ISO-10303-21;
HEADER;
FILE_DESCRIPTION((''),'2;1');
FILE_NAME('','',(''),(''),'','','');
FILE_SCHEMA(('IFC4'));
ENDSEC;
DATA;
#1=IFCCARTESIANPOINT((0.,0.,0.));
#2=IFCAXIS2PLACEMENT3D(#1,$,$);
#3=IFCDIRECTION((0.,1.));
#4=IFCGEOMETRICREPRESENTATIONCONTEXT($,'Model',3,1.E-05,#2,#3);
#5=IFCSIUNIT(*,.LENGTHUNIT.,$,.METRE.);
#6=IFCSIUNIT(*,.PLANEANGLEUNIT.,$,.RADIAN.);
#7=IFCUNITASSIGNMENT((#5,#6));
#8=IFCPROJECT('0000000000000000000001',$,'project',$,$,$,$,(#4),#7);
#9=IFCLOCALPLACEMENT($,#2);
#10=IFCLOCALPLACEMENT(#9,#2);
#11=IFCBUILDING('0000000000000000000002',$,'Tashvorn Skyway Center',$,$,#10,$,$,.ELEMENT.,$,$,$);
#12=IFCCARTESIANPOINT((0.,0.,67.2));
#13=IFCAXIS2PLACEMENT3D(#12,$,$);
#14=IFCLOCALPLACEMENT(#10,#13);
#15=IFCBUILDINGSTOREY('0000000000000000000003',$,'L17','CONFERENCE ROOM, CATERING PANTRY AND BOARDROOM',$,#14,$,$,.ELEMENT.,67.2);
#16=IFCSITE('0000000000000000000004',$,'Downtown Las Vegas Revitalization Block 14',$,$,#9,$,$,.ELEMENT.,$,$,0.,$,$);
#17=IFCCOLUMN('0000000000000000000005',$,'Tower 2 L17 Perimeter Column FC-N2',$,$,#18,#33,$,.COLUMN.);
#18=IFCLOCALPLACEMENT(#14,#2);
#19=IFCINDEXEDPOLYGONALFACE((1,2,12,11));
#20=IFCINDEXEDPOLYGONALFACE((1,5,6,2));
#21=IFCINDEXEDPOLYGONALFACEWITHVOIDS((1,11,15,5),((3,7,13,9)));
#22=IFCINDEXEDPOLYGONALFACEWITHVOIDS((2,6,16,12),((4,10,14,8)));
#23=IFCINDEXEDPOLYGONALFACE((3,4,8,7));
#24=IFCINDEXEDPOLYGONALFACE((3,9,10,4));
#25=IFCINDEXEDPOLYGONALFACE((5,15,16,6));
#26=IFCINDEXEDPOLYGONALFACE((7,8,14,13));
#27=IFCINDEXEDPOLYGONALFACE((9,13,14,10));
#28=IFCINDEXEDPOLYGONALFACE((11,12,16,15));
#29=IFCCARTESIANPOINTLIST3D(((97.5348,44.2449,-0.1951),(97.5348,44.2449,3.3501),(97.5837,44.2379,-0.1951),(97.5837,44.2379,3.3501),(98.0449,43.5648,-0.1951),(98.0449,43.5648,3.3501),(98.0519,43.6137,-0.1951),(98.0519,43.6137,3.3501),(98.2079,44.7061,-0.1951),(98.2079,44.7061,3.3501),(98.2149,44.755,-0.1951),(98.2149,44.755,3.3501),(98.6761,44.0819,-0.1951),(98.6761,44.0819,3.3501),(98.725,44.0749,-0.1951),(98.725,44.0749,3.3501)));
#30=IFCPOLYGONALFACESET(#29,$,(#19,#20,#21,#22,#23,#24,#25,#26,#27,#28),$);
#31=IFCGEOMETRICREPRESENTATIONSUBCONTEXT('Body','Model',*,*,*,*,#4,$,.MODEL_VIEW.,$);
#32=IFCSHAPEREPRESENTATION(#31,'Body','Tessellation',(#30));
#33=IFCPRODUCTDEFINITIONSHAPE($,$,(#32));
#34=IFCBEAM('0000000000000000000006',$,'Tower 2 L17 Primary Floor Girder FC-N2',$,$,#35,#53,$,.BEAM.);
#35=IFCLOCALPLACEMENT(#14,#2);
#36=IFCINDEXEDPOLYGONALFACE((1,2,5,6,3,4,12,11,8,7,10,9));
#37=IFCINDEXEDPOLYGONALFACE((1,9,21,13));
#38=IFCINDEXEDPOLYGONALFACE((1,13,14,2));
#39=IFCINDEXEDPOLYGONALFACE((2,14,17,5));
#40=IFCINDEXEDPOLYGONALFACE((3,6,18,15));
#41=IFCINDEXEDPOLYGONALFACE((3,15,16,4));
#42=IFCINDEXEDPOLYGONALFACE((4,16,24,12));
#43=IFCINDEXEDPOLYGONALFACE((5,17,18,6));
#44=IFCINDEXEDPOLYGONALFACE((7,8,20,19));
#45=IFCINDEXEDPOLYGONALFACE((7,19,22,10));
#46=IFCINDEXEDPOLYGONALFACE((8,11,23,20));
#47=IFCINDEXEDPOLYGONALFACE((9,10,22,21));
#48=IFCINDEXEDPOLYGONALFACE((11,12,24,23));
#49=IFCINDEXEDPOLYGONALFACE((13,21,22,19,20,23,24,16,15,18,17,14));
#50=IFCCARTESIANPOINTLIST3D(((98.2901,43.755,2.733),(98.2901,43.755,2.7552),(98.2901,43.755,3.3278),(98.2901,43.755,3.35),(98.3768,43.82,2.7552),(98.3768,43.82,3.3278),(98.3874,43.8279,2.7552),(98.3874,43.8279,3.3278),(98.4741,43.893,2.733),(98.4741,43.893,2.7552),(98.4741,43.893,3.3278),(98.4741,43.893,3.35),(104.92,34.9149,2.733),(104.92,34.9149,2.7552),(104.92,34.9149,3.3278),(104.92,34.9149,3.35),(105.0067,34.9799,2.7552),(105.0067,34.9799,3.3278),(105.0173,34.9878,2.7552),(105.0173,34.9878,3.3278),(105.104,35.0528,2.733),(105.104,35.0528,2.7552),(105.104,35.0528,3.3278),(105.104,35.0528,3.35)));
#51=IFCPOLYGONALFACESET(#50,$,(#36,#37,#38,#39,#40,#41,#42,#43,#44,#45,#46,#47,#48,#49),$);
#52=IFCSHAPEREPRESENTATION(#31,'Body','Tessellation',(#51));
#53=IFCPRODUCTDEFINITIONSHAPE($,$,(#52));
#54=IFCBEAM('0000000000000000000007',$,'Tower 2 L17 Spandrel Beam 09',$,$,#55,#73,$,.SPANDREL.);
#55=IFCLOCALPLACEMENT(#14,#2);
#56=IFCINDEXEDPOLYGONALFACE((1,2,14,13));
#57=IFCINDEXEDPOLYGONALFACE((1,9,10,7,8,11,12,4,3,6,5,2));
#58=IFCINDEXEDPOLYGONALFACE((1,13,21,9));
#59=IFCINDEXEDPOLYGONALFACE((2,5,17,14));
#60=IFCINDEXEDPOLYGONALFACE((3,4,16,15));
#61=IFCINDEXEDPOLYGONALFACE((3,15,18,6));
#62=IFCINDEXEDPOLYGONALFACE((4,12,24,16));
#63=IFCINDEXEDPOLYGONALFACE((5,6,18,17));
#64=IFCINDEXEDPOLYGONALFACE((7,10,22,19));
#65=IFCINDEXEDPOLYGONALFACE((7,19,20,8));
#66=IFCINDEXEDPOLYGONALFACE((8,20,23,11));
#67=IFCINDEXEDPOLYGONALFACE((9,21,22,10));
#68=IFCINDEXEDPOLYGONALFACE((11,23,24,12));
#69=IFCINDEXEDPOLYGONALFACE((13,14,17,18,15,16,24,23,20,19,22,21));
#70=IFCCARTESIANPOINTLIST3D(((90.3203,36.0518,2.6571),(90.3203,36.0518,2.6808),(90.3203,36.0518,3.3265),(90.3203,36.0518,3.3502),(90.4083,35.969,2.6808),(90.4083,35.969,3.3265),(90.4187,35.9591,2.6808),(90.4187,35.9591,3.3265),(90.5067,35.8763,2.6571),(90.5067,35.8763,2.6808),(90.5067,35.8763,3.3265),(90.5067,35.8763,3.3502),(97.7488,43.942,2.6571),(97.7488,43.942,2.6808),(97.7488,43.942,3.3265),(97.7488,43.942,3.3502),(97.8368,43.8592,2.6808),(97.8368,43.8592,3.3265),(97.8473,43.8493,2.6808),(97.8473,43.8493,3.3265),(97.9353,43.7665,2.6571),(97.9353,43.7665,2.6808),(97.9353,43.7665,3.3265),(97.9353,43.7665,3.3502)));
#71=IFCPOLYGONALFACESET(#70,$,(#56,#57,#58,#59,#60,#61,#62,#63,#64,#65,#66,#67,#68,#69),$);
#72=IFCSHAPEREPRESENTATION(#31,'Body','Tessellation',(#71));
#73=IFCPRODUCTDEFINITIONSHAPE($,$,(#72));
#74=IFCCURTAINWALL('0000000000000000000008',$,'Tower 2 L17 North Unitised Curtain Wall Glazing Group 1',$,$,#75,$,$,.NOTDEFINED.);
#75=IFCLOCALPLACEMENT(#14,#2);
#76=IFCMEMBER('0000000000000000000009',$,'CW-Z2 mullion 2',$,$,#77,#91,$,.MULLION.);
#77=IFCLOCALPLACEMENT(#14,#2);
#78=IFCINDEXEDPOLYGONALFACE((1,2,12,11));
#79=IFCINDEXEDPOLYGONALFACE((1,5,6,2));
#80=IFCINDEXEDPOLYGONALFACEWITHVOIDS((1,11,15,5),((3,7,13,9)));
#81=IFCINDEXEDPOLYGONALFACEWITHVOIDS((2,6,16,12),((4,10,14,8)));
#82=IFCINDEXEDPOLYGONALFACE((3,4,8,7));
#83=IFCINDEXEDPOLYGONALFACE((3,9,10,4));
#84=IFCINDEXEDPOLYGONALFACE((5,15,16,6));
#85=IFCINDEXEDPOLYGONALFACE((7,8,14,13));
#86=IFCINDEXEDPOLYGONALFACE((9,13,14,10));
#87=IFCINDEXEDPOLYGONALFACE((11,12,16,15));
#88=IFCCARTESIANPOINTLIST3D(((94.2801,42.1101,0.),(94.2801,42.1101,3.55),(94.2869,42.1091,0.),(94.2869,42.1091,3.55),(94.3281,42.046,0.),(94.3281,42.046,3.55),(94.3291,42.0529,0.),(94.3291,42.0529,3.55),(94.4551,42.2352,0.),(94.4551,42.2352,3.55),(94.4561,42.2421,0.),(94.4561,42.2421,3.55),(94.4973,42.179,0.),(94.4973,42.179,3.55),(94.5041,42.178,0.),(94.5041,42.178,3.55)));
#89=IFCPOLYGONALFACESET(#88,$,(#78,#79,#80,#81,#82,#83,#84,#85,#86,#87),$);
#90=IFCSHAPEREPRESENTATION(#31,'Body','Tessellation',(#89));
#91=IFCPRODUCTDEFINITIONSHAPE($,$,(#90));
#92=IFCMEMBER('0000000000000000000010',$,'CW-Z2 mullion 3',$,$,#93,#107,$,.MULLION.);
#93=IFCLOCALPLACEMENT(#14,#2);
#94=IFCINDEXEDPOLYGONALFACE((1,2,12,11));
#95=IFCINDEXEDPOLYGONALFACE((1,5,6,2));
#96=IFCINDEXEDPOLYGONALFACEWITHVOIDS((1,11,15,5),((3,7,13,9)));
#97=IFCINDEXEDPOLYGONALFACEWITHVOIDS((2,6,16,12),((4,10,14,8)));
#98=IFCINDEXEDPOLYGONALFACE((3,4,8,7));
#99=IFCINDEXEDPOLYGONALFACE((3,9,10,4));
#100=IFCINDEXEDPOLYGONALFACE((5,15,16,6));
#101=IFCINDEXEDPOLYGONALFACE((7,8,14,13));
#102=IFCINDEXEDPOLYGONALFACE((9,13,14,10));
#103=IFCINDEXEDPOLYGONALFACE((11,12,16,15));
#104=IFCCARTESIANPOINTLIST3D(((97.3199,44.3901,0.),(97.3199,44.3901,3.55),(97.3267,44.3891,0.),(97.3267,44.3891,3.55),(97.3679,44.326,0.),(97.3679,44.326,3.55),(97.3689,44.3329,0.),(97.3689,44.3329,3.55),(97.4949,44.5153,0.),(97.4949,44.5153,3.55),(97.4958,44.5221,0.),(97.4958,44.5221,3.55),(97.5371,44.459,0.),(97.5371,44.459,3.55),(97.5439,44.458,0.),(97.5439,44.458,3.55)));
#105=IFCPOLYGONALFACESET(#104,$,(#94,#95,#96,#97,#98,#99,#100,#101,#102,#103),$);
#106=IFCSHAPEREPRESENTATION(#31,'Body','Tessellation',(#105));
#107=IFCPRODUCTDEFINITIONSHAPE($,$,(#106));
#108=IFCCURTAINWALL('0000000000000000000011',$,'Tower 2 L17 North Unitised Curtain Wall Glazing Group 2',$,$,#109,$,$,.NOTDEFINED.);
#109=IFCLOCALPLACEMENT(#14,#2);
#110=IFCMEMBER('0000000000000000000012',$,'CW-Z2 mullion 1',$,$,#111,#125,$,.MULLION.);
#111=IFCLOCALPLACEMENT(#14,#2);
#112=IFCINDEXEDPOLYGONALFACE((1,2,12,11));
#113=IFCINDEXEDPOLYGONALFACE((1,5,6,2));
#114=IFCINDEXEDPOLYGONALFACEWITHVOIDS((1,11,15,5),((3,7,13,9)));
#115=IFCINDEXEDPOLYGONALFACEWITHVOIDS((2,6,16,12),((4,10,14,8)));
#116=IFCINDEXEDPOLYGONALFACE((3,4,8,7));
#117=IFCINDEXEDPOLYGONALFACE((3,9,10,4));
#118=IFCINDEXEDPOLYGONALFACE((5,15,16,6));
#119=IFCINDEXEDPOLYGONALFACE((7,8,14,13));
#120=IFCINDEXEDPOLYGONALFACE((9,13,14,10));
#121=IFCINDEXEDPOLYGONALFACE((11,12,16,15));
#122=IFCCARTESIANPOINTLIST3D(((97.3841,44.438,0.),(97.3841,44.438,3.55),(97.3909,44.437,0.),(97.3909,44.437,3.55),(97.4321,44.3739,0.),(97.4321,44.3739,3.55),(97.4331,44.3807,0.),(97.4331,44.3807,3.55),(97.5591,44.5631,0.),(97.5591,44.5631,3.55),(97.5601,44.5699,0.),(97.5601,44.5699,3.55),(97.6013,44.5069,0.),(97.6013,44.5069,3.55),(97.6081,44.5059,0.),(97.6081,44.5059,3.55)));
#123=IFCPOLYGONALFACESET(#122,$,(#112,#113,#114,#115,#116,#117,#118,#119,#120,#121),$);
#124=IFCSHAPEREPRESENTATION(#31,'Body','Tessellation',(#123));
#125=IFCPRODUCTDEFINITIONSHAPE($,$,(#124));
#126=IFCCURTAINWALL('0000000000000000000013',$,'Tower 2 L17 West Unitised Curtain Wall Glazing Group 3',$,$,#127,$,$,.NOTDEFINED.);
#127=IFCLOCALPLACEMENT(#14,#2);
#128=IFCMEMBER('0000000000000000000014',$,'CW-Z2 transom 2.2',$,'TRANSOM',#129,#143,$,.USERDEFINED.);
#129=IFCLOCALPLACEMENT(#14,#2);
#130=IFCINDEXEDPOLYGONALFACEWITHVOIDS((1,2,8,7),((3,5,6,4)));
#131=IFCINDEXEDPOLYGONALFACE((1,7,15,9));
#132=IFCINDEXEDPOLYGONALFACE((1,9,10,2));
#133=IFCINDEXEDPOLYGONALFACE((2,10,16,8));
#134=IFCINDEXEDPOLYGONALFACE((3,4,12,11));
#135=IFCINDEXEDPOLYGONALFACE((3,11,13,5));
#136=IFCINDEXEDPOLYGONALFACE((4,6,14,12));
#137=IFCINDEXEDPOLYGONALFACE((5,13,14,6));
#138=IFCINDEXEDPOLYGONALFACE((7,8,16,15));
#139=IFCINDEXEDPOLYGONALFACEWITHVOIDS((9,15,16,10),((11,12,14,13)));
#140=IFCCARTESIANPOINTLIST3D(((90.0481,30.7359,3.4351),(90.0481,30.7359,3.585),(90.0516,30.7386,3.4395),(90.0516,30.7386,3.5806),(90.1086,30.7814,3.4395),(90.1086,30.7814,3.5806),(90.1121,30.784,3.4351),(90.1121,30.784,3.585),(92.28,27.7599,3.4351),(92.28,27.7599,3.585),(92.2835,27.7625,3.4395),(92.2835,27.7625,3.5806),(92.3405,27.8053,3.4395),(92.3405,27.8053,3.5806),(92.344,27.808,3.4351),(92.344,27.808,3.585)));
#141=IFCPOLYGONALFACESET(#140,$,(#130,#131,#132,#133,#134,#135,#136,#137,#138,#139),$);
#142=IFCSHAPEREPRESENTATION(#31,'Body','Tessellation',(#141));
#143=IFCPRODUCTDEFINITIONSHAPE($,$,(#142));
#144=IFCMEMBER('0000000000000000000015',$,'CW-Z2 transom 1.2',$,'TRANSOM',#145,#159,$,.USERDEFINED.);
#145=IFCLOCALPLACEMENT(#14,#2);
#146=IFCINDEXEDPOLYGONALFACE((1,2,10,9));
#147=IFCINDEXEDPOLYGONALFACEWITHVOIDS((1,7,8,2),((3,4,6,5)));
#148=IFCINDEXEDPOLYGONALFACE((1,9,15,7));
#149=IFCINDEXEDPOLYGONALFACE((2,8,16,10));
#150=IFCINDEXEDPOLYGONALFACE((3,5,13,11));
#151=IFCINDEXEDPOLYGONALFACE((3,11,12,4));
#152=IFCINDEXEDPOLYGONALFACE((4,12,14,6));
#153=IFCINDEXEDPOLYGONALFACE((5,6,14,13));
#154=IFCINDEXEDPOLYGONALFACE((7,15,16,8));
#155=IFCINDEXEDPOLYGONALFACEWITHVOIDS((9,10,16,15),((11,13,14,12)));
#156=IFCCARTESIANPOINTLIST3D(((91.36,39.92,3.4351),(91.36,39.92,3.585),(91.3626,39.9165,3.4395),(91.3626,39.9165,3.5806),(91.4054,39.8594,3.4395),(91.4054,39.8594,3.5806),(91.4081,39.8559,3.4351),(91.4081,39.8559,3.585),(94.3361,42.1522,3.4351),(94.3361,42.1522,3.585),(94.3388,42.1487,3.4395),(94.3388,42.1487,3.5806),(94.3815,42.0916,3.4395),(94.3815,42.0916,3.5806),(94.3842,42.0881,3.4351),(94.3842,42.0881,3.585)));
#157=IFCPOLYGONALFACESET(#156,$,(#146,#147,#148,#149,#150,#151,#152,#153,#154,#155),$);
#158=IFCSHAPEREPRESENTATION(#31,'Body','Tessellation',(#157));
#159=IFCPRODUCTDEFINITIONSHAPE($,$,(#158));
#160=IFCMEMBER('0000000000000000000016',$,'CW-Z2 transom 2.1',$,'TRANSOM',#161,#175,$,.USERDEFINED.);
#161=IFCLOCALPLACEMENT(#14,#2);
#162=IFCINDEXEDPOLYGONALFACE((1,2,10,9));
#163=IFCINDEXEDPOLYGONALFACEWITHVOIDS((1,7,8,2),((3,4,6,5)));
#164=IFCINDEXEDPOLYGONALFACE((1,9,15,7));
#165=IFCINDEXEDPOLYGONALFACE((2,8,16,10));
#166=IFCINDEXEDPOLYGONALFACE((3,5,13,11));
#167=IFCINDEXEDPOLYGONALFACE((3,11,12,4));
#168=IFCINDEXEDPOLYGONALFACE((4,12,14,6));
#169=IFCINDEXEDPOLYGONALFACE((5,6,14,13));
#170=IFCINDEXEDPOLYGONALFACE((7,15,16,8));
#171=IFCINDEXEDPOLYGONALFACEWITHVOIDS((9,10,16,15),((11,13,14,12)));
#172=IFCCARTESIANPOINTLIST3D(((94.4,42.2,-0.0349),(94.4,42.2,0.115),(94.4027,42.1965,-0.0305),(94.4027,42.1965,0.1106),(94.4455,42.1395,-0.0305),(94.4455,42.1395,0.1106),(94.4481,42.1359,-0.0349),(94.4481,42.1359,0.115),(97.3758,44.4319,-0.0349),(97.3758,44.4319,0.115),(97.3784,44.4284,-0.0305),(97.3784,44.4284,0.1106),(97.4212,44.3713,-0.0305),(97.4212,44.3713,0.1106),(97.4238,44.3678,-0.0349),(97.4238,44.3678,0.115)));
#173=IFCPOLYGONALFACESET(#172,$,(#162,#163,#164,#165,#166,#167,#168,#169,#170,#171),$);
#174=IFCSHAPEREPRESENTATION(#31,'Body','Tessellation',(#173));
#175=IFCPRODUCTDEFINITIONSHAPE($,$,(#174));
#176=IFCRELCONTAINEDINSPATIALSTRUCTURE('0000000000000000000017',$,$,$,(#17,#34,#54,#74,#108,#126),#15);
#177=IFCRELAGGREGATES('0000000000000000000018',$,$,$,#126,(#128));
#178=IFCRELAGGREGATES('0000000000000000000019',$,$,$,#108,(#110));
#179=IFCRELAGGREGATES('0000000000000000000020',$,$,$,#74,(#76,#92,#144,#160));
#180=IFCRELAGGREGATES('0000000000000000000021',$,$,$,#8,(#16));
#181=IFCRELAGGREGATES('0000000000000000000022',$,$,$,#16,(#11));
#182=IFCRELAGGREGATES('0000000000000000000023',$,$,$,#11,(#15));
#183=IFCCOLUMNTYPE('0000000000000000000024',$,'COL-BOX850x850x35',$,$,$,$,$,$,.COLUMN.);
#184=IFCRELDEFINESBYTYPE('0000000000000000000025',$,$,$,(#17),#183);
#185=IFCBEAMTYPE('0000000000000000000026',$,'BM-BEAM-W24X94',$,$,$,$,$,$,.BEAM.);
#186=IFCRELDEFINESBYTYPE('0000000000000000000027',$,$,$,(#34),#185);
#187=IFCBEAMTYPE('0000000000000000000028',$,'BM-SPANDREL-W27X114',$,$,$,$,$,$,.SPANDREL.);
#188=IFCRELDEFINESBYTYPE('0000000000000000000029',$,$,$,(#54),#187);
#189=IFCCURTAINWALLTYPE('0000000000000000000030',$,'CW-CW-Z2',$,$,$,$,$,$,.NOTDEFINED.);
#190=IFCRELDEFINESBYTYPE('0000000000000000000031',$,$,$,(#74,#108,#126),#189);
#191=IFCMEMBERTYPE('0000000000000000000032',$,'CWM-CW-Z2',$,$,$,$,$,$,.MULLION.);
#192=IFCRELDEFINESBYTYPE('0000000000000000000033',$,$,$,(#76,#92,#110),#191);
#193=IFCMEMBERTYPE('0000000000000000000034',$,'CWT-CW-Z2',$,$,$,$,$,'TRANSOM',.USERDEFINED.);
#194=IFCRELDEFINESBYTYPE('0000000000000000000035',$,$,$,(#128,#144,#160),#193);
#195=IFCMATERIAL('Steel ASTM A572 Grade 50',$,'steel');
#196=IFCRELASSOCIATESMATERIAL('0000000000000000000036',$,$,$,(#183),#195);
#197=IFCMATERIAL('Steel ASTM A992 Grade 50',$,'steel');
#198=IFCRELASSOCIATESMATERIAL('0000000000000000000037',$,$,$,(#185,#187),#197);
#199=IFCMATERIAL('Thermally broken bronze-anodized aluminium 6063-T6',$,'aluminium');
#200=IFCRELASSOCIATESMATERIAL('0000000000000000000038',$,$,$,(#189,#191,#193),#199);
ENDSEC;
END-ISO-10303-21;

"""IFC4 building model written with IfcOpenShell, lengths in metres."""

from ifc_helpers import new_model, si_unit, direction, frame, origin, origin_2d, place, context, subcontext, project, spatial, hollow_rectangle, i_section, extrude, material, material_profile, profile_set, type_object, element, aggregate, save


model = new_model("IFC4")

# Units and contexts
model_context = context("Model", 3, precision=1e-05, world=origin(), true_north=direction((0.0, 1.0)))
body_context = subcontext(model_context, "Body", "Model", "MODEL_VIEW")
ifc_project = project(units=[si_unit("LENGTHUNIT", "METRE"), si_unit("PLANEANGLEUNIT", "RADIAN")], contexts=[model_context])

# Site, building, storey
site_placement = place(None, origin())
site = spatial("IfcSite", under=ifc_project, at=site_placement, Name="Downtown Las Vegas Revitalization Block 14", CompositionType="ELEMENT", RefElevation=0.0)
building_placement = place(site_placement, origin())
building = spatial("IfcBuilding", under=site, at=building_placement, Name="Tashvorn Skyway Center", CompositionType="ELEMENT")
storey_placement = place(building_placement, frame((0.0, 0.0, 67.2)))
storey = spatial("IfcBuildingStorey", under=building, at=storey_placement, Name="L17", Description="CONFERENCE ROOM, CATERING PANTRY AND BOARDROOM", CompositionType="ELEMENT", Elevation=67.2)

# Column
ifc_material_1 = material(Name="Steel ASTM A572 Grade 50", Category="steel")
ifc_material_profile_1 = material_profile(ifc_material_1, hollow_rectangle(XDim=0.8501, YDim=0.8501, WallThickness=0.0349, at=origin_2d()), Name="BOX850x850x35")
ifc_profile_set_1 = profile_set([ifc_material_profile_1], Name="Steel ASTM A572 Grade 50")
column_type = type_object("IfcColumnType", Name="COL-BOX850x850x35", PredefinedType="COLUMN", material=ifc_profile_set_1)
column_placement = place(storey_placement, frame((98.1299, 44.1599, -0.1951), z_axis=(0.0, 0.0, 1.0), x_axis=(0.8, 0.6, 0.0)))
element("IfcColumn", 1, at=column_placement, inside=storey, type_object=column_type, Name="Tower 2 L17 Perimeter Column FC-N2", PredefinedType="COLUMN", context=body_context, shape_type="SweptSolid", body=[
    extrude(hollow_rectangle(XDim=0.8501, YDim=0.8501, WallThickness=0.0349, at=origin_2d()), origin(), (0.0, 0.0, 1.0), 3.5452),
])

# Beams
ifc_material_2 = material(Name="Steel ASTM A992 Grade 50", Category="steel")
ifc_material_profile_2 = material_profile(ifc_material_2, i_section(OverallWidth=0.23, OverallDepth=0.6169, WebThickness=0.0132, FlangeThickness=0.0222, at=origin_2d()), Name="W24X94")
ifc_profile_set_2 = profile_set([ifc_material_profile_2], Name="Steel ASTM A992 Grade 50")
beam_type_1 = type_object("IfcBeamType", Name="BM-BEAM-W24X94", PredefinedType="BEAM", material=ifc_profile_set_2)
beam_1_placement = place(storey_placement, frame((98.3821, 43.824, 3.0415), z_axis=(0.599989, -0.800008, 0.0), x_axis=(0.800008, 0.599989, 0.0)))
element("IfcBeam", 2, at=beam_1_placement, inside=storey, type_object=beam_type_1, Name="Tower 2 L17 Primary Floor Girder FC-N2", PredefinedType="BEAM", context=body_context, shape_type="SweptSolid", body=[
    extrude(i_section(OverallWidth=0.23, OverallDepth=0.6169, WebThickness=0.0132, FlangeThickness=0.0222, at=origin_2d()), origin(), (0.0, 0.0, 1.0), 11.05),
])
ifc_material_profile_3 = material_profile(ifc_material_2, i_section(OverallWidth=0.2561, OverallDepth=0.6931, WebThickness=0.0144, FlangeThickness=0.0237, at=origin_2d()), Name="W27X114")
ifc_profile_set_3 = profile_set([ifc_material_profile_3], Name="Steel ASTM A992 Grade 50")
beam_type_2 = type_object("IfcBeamType", Name="BM-SPANDREL-W27X114", PredefinedType="SPANDREL", material=ifc_profile_set_3)
beam_2_placement = place(storey_placement, frame((97.842, 43.8542, 3.0037), z_axis=(-0.685485, -0.728087, 0.0), x_axis=(0.728087, -0.685485, 0.0)))
element("IfcBeam", 3, at=beam_2_placement, inside=storey, type_object=beam_type_2, Name="Tower 2 L17 Spandrel Beam 09", PredefinedType="SPANDREL", context=body_context, shape_type="SweptSolid", body=[
    extrude(i_section(OverallWidth=0.2561, OverallDepth=0.6931, WebThickness=0.0144, FlangeThickness=0.0237, at=origin_2d()), origin(), (0.0, 0.0, 1.0), 10.8369),
])

# Curtain wall, members
ifc_material_3 = material(Name="Thermally broken bronze-anodized aluminium 6063-T6", Category="aluminium")
curtain_wall_type = type_object("IfcCurtainWallType", Name="CW-CW-Z2", PredefinedType="NOTDEFINED", material=ifc_material_3)
curtain_wall_1_placement = place(storey_placement, origin())
curtain_wall_1 = element("IfcCurtainWall", 4, at=curtain_wall_1_placement, inside=storey, type_object=curtain_wall_type, Name="Tower 2 L17 North Unitised Curtain Wall Glazing Group 1", PredefinedType="NOTDEFINED")
ifc_material_profile_4 = material_profile(ifc_material_3, hollow_rectangle(XDim=0.0801, YDim=0.22, WallThickness=0.0049, at=origin_2d()), Name="ALU-MULL-80x220")
ifc_profile_set_4 = profile_set([ifc_material_profile_4], Name="Thermally broken bronze-anodized aluminium 6063-T6")
member_type_1 = type_object("IfcMemberType", Name="CWM-CW-Z2", PredefinedType="MULLION", material=ifc_profile_set_4)
member_1_placement = place(storey_placement, frame((94.3921, 42.144, 0.0), z_axis=(0.0, 0.0, 1.0), x_axis=(-0.6, 0.8, 0.0)))
member_1 = element("IfcMember", 5, at=member_1_placement, type_object=member_type_1, Name="CW-Z2 mullion 2", PredefinedType="MULLION", context=body_context, shape_type="SweptSolid", body=[
    extrude(hollow_rectangle(XDim=0.0801, YDim=0.22, WallThickness=0.0049, at=origin_2d()), origin(), (0.0, 0.0, 1.0), 3.55),
])
member_2_placement = place(storey_placement, frame((97.4319, 44.4241, 0.0), z_axis=(0.0, 0.0, 1.0), x_axis=(-0.6, 0.8, 0.0)))
member_2 = element("IfcMember", 6, at=member_2_placement, type_object=member_type_1, Name="CW-Z2 mullion 3", PredefinedType="MULLION", context=body_context, shape_type="SweptSolid", body=[
    extrude(hollow_rectangle(XDim=0.0801, YDim=0.22, WallThickness=0.0049, at=origin_2d()), origin(), (0.0, 0.0, 1.0), 3.55),
])

# Curtain walls, members
curtain_wall_2_placement = place(storey_placement, origin())
curtain_wall_2 = element("IfcCurtainWall", 7, at=curtain_wall_2_placement, inside=storey, type_object=curtain_wall_type, Name="Tower 2 L17 North Unitised Curtain Wall Glazing Group 2", PredefinedType="NOTDEFINED")
member_3_placement = place(storey_placement, frame((97.4961, 44.4719, 0.0), z_axis=(0.0, 0.0, 1.0), x_axis=(-0.6, 0.8, 0.0)))
member_3 = element("IfcMember", 8, at=member_3_placement, type_object=member_type_1, Name="CW-Z2 mullion 1", PredefinedType="MULLION", context=body_context, shape_type="SweptSolid", body=[
    extrude(hollow_rectangle(XDim=0.0801, YDim=0.22, WallThickness=0.0049, at=origin_2d()), origin(), (0.0, 0.0, 1.0), 3.55),
])
curtain_wall_3_placement = place(storey_placement, origin())
curtain_wall_3 = element("IfcCurtainWall", 9, at=curtain_wall_3_placement, inside=storey, type_object=curtain_wall_type, Name="Tower 2 L17 West Unitised Curtain Wall Glazing Group 3", PredefinedType="NOTDEFINED")
ifc_material_profile_5 = material_profile(ifc_material_3, hollow_rectangle(XDim=0.0801, YDim=0.1499, WallThickness=0.0044, at=origin_2d()), Name="ALU-TRAN-80x150")
ifc_profile_set_5 = profile_set([ifc_material_profile_5], Name="Thermally broken bronze-anodized aluminium 6063-T6")
member_type_2 = type_object("IfcMemberType", Name="CWT-CW-Z2", ElementType="TRANSOM", PredefinedType="USERDEFINED", material=ifc_profile_set_5)
member_4_placement = place(storey_placement, frame((92.312, 27.7839, 3.51), z_axis=(-0.599979, 0.800016, 0.0), x_axis=(-0.800016, -0.599979, 0.0)))
member_4 = element("IfcMember", 10, at=member_4_placement, type_object=member_type_2, Name="CW-Z2 transom 2.2", ObjectType="TRANSOM", PredefinedType="USERDEFINED", context=body_context, shape_type="SweptSolid", body=[
    extrude(hollow_rectangle(XDim=0.0801, YDim=0.1499, WallThickness=0.0044, at=origin_2d()), origin(), (0.0, 0.0, 1.0), 3.72),
])
aggregate(curtain_wall_3, [member_4])

# Members
member_5_placement = place(storey_placement, frame((91.384, 39.8879, 3.51), z_axis=(0.799984, 0.600021, 0.0), x_axis=(-0.600021, 0.799984, 0.0)))
member_5 = element("IfcMember", 11, at=member_5_placement, type_object=member_type_2, Name="CW-Z2 transom 1.2", ObjectType="TRANSOM", PredefinedType="USERDEFINED", context=body_context, shape_type="SweptSolid", body=[
    extrude(hollow_rectangle(XDim=0.0801, YDim=0.1499, WallThickness=0.0044, at=origin_2d()), origin(), (0.0, 0.0, 1.0), 3.7202),
])
member_6_placement = place(storey_placement, frame((94.4241, 42.168, 0.04), z_axis=(0.799992, 0.600011, 0.0), x_axis=(-0.600011, 0.799992, 0.0)))
member_6 = element("IfcMember", 12, at=member_6_placement, type_object=member_type_2, Name="CW-Z2 transom 2.1", ObjectType="TRANSOM", PredefinedType="USERDEFINED", context=body_context, shape_type="SweptSolid", body=[
    extrude(hollow_rectangle(XDim=0.0801, YDim=0.1499, WallThickness=0.0044, at=origin_2d()), origin(), (0.0, 0.0, 1.0), 3.7197),
])
aggregate(curtain_wall_2, [member_3])

aggregate(curtain_wall_1, [member_1, member_2, member_5, member_6])

save(model, "model.ifc")
